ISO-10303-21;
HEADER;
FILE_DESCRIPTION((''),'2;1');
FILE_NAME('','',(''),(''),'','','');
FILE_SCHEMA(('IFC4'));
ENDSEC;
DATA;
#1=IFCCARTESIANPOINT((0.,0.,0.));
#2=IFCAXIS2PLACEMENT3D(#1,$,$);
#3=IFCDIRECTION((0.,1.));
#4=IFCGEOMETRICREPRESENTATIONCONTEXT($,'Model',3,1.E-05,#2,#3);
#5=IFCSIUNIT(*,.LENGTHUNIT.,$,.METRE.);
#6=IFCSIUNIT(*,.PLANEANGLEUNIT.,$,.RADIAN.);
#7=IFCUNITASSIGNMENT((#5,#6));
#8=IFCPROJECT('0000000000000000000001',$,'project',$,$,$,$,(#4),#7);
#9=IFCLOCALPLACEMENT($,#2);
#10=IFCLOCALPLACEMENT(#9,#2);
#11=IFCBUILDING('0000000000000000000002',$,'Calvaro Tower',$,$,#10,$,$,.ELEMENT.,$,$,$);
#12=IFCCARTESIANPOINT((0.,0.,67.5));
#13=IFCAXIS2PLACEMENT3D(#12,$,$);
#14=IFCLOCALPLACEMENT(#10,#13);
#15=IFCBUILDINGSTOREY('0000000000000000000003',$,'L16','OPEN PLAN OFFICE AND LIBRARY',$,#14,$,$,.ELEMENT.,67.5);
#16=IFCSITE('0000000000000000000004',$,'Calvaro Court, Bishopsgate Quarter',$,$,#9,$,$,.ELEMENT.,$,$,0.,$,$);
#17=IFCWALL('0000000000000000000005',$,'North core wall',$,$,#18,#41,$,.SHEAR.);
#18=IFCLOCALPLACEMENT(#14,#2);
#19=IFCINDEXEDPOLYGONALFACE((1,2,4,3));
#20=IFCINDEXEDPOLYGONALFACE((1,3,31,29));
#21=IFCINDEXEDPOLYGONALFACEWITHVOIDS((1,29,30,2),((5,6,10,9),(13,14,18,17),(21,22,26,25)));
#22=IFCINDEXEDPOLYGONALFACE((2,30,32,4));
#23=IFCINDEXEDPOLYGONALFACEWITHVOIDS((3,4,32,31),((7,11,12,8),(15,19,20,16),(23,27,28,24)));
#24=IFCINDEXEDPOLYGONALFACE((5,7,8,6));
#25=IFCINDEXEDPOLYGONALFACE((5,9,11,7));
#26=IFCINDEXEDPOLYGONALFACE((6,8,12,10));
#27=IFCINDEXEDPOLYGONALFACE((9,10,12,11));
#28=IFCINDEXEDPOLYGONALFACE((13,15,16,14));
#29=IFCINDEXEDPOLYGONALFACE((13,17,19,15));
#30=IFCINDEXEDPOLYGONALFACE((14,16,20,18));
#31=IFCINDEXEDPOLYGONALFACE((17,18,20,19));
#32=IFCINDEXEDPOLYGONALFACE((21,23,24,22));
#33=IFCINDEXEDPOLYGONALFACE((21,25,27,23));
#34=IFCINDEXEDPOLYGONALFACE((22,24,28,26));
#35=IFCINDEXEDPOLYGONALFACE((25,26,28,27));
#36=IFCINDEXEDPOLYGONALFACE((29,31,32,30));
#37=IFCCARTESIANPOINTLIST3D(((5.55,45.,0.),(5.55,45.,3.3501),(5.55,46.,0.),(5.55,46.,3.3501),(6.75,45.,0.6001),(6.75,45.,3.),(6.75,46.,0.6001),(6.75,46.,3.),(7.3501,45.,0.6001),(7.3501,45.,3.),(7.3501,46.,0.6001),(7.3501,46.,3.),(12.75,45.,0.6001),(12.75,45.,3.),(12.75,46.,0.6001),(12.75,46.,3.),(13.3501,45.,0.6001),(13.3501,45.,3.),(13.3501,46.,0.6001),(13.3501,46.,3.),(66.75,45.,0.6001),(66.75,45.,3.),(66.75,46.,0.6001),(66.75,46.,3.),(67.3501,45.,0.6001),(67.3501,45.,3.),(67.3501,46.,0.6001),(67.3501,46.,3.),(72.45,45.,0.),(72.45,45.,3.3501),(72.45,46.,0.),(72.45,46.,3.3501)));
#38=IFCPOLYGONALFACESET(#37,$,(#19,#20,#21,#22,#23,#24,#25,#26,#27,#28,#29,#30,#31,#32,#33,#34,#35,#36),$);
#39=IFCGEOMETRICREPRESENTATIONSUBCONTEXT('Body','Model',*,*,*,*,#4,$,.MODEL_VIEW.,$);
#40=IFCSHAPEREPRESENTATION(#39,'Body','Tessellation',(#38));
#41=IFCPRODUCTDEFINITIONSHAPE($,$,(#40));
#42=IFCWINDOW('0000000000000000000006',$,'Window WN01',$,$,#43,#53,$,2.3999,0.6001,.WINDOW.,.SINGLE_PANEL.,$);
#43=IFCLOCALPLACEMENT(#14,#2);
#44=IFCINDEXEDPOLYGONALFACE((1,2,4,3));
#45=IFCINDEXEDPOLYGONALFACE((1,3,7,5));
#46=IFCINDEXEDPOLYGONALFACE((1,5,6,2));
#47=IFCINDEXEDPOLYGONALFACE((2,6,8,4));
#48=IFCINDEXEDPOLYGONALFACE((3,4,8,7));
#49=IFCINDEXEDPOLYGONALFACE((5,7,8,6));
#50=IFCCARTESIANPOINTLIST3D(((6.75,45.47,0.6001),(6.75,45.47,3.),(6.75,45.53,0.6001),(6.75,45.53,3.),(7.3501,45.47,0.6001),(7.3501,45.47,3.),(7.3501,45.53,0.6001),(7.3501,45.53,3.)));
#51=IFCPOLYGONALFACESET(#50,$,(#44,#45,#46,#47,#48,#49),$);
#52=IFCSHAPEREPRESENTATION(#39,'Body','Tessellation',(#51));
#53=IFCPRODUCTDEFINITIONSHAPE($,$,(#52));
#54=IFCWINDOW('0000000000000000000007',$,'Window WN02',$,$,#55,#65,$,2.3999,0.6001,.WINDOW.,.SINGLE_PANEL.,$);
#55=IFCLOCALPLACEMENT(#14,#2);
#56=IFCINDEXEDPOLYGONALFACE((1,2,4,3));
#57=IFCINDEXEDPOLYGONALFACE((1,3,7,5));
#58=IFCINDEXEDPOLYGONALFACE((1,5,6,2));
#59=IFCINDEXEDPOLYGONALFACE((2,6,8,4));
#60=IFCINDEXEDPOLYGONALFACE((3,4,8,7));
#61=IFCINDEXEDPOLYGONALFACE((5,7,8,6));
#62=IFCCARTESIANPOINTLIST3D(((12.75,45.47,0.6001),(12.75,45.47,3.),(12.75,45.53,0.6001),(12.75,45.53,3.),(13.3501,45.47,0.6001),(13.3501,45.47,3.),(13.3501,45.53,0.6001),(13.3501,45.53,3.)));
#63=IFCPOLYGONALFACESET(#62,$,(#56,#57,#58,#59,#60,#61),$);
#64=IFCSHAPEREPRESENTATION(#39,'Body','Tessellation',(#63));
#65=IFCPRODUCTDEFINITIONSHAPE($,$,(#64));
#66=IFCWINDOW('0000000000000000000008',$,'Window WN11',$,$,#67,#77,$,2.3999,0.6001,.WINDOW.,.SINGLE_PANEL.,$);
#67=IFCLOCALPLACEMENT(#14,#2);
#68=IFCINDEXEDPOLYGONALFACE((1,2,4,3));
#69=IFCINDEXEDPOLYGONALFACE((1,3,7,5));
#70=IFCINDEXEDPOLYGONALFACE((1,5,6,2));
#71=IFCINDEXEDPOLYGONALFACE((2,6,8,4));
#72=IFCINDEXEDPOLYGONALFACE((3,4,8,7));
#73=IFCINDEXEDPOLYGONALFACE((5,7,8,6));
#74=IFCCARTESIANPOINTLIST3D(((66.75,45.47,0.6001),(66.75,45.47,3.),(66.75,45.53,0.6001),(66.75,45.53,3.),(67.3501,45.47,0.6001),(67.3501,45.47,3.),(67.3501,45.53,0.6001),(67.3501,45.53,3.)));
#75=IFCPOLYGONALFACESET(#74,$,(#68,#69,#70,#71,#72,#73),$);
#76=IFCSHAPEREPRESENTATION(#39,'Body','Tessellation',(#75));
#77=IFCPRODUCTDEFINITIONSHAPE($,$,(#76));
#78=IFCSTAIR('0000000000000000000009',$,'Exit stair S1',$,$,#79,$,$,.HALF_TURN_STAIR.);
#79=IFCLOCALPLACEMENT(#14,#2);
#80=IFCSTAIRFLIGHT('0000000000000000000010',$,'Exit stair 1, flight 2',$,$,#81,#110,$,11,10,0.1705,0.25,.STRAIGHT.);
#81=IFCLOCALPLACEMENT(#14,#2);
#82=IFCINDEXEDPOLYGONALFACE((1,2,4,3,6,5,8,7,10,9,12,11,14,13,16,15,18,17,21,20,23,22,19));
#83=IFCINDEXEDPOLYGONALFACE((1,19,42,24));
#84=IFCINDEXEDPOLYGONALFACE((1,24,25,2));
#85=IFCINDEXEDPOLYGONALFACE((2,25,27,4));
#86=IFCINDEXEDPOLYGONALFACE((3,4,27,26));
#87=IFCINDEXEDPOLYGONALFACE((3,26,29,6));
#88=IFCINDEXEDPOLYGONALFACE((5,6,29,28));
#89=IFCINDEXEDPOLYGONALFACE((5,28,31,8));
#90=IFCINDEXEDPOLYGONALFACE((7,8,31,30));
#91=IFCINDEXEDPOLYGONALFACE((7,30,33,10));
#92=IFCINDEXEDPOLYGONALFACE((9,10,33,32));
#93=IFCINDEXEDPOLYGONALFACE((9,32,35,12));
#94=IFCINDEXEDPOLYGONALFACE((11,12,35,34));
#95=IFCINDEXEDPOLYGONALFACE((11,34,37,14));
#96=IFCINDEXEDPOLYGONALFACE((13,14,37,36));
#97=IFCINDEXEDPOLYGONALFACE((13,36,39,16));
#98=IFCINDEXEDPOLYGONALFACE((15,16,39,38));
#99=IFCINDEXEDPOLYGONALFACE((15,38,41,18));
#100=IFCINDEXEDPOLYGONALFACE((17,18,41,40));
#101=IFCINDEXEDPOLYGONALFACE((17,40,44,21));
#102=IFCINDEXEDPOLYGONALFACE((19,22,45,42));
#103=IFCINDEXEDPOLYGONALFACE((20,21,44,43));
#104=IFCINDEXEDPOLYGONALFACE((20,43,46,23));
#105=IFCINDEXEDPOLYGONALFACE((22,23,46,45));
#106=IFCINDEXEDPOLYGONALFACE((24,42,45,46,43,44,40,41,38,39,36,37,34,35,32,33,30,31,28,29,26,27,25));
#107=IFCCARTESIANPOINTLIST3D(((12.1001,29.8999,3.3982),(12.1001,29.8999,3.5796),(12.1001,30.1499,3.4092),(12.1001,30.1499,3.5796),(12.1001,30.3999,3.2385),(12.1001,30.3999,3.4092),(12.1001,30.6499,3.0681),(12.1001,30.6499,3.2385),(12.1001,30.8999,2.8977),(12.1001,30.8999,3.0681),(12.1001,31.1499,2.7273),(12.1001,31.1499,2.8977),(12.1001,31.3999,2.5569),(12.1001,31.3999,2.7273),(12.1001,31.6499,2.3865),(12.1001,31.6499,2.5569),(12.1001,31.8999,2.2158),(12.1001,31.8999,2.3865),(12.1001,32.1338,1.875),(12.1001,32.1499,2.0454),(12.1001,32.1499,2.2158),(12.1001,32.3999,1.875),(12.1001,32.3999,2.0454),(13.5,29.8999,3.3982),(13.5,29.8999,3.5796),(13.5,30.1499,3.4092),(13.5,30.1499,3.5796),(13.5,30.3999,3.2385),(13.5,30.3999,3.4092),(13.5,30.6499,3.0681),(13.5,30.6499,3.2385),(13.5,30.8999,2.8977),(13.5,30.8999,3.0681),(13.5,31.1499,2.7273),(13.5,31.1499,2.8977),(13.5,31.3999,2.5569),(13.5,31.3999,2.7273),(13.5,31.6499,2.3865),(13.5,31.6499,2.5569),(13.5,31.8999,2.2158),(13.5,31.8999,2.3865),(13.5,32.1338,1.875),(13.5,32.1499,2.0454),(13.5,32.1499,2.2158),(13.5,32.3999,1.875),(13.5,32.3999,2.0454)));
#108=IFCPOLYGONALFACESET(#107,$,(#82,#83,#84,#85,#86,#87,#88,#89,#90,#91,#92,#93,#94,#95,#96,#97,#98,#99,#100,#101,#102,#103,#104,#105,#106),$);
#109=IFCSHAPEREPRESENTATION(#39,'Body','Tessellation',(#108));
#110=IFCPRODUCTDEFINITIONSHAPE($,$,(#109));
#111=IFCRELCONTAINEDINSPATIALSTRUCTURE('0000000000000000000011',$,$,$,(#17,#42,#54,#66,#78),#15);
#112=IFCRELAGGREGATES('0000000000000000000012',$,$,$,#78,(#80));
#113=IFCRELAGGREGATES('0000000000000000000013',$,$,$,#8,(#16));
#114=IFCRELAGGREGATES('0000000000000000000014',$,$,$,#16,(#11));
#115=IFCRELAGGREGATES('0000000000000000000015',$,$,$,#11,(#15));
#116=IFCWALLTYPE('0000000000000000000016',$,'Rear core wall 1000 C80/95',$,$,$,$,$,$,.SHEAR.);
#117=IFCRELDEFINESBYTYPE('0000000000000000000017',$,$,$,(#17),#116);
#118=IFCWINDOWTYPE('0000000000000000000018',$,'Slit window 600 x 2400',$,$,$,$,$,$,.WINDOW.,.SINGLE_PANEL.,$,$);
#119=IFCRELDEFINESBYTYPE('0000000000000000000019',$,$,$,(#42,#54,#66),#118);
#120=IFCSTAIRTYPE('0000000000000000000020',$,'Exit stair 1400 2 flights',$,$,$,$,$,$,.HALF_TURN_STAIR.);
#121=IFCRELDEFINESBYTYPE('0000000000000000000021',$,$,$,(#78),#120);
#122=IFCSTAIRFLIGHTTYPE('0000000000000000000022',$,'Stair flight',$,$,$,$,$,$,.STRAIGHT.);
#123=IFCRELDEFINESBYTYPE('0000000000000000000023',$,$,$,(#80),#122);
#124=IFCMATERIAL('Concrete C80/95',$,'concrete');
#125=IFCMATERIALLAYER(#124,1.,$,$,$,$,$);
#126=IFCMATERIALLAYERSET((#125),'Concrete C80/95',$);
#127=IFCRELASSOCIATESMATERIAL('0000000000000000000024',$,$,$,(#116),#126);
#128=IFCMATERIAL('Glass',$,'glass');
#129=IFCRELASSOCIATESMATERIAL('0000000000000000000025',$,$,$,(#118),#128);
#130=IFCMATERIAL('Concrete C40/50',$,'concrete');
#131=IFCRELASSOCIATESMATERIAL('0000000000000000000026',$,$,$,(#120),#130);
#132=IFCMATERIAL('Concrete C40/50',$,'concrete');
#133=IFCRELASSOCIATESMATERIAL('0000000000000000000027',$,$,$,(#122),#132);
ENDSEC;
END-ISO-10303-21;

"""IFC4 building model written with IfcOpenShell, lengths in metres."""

from ifc_helpers import new_model, si_unit, direction, frame, frame_2d, origin, place, context, subcontext, project, spatial, polyline, rectangle, outline, extrude, material, layer, layer_set, type_object, element, fill, aggregate, save


model = new_model("IFC4")

# Units and contexts
model_context = context("Model", 3, precision=1e-05, world=origin(), true_north=direction((0.0, 1.0)))
body_context = subcontext(model_context, "Body", "Model", "MODEL_VIEW")
ifc_project = project(units=[si_unit("LENGTHUNIT", "METRE"), si_unit("PLANEANGLEUNIT", "RADIAN")], contexts=[model_context])

# Site, building, storey
site_placement = place(None, origin())
site = spatial("IfcSite", under=ifc_project, at=site_placement, Name="Calvaro Court, Bishopsgate Quarter", CompositionType="ELEMENT", RefElevation=0.0)
building_placement = place(site_placement, origin())
building = spatial("IfcBuilding", under=site, at=building_placement, Name="Calvaro Tower", CompositionType="ELEMENT")
storey_placement = place(building_placement, frame((0.0, 0.0, 67.5)))
storey = spatial("IfcBuildingStorey", under=building, at=storey_placement, Name="L16", Description="OPEN PLAN OFFICE AND LIBRARY", CompositionType="ELEMENT", Elevation=67.5)

# Wall, openings, windows
ifc_material_1 = material(Name="Concrete C80/95", Category="concrete")
ifc_layer_1 = layer(ifc_material_1, 1.0)
ifc_layer_set_1 = layer_set([ifc_layer_1], Name="Concrete C80/95")
wall_type_1 = type_object("IfcWallType", Name="Rear core wall 1000 C80/95", PredefinedType="SHEAR", material=ifc_layer_set_1)
wall_1_placement = place(storey_placement, frame((5.55, 45.5, 0.0), z_axis=(0.0, 0.0, 1.0), x_axis=(1.0, 0.0, 0.0)))
wall_1 = element("IfcWall", 1, at=wall_1_placement, inside=storey, type_object=wall_type_1, Name="North core wall", PredefinedType="SHEAR", context=body_context, shape_type="SweptSolid", body=[
    extrude(rectangle(XDim=66.8999, YDim=1.0, at=frame_2d((33.45, 0.0))), origin(), (0.0, 0.0, 1.0), 3.3501),
])
opening_1_placement = place(wall_1_placement, frame((1.2, 0.0, 0.6001)))
opening_1 = element("IfcOpeningElement", 2, at=opening_1_placement, cuts=wall_1, PredefinedType="OPENING", context=body_context, shape_type="SweptSolid", body=[
    extrude(rectangle(XDim=0.6001, YDim=2.3999, at=frame_2d((0.3, 1.2))), frame((0.0, 0.51, 0.0), z_axis=(0.0, -1.0, 0.0), x_axis=(1.0, 0.0, 0.0)), (0.0, 0.0, 1.0), 1.02),
])
opening_2_placement = place(wall_1_placement, frame((7.2, 0.0, 0.6001)))
opening_2 = element("IfcOpeningElement", 3, at=opening_2_placement, cuts=wall_1, PredefinedType="OPENING", context=body_context, shape_type="SweptSolid", body=[
    extrude(rectangle(XDim=0.6001, YDim=2.3999, at=frame_2d((0.3, 1.2))), frame((0.0, 0.51, 0.0), z_axis=(0.0, -1.0, 0.0), x_axis=(1.0, 0.0, 0.0)), (0.0, 0.0, 1.0), 1.02),
])
opening_3_placement = place(wall_1_placement, frame((61.2, 0.0, 0.6001)))
opening_3 = element("IfcOpeningElement", 4, at=opening_3_placement, cuts=wall_1, PredefinedType="OPENING", context=body_context, shape_type="SweptSolid", body=[
    extrude(rectangle(XDim=0.6001, YDim=2.3999, at=frame_2d((0.3, 1.2))), frame((0.0, 0.51, 0.0), z_axis=(0.0, -1.0, 0.0), x_axis=(1.0, 0.0, 0.0)), (0.0, 0.0, 1.0), 1.02),
])
ifc_material_2 = material(Name="Glass", Category="glass")
window_type = type_object("IfcWindowType", Name="Slit window 600 x 2400", PartitioningType="SINGLE_PANEL", PredefinedType="WINDOW", material=ifc_material_2)
window_1_placement = place(opening_1_placement, origin())
window_1 = element("IfcWindow", 5, at=window_1_placement, inside=storey, type_object=window_type, Name="Window WN01", OverallHeight=2.3999, OverallWidth=0.6001, PartitioningType="SINGLE_PANEL", PredefinedType="WINDOW", context=body_context, shape_type="SweptSolid", body=[
    extrude(rectangle(XDim=0.6001, YDim=2.3999, at=frame_2d((0.3, 1.2))), frame((0.0, 0.03, 0.0), z_axis=(0.0, -1.0, 0.0), x_axis=(1.0, 0.0, 0.0)), (0.0, 0.0, 1.0), 0.0601),
])
fill(opening_1, window_1)
window_2_placement = place(opening_2_placement, origin())
window_2 = element("IfcWindow", 6, at=window_2_placement, inside=storey, type_object=window_type, Name="Window WN02", OverallHeight=2.3999, OverallWidth=0.6001, PartitioningType="SINGLE_PANEL", PredefinedType="WINDOW", context=body_context, shape_type="SweptSolid", body=[
    extrude(rectangle(XDim=0.6001, YDim=2.3999, at=frame_2d((0.3, 1.2))), frame((0.0, 0.03, 0.0), z_axis=(0.0, -1.0, 0.0), x_axis=(1.0, 0.0, 0.0)), (0.0, 0.0, 1.0), 0.0601),
])
fill(opening_2, window_2)
window_3_placement = place(opening_3_placement, origin())
window_3 = element("IfcWindow", 7, at=window_3_placement, inside=storey, type_object=window_type, Name="Window WN11", OverallHeight=2.3999, OverallWidth=0.6001, PartitioningType="SINGLE_PANEL", PredefinedType="WINDOW", context=body_context, shape_type="SweptSolid", body=[
    extrude(rectangle(XDim=0.6001, YDim=2.3999, at=frame_2d((0.3, 1.2))), frame((0.0, 0.03, 0.0), z_axis=(0.0, -1.0, 0.0), x_axis=(1.0, 0.0, 0.0)), (0.0, 0.0, 1.0), 0.0601),
])
fill(opening_3, window_3)

# Stair, stair flight
ifc_material_3 = material(Name="Concrete C40/50", Category="concrete")
stair_type = type_object("IfcStairType", Name="Exit stair 1400 2 flights", PredefinedType="HALF_TURN_STAIR", material=ifc_material_3)
stair_placement = place(storey_placement, origin())
stair = element("IfcStair", 8, at=stair_placement, inside=storey, type_object=stair_type, Name="Exit stair S1", PredefinedType="HALF_TURN_STAIR")
ifc_material_4 = material(Name="Concrete C40/50", Category="concrete")
stair_flight_type = type_object("IfcStairFlightType", Name="Stair flight", PredefinedType="STRAIGHT", material=ifc_material_4)
stair_flight_placement = place(storey_placement, frame((12.8, 32.3999, 1.875), z_axis=(0.0, 0.0, 1.0), x_axis=(0.0, -1.0, 0.0)))
stair_flight = element("IfcStairFlight", 9, at=stair_flight_placement, type_object=stair_flight_type, Name="Exit stair 1, flight 2", NumberOfRisers=11, NumberOfTreads=10, PredefinedType="STRAIGHT", RiserHeight=0.1705, TreadLength=0.25, context=body_context, shape_type="SweptSolid", body=[
    extrude(outline(polyline([(0.0, 0.0), (0.0, 0.1704), (0.25, 0.1704), (0.25, 0.3408), (0.5, 0.3408), (0.5, 0.5115), (0.75, 0.5115), (0.75, 0.6819), (1.0, 0.6819), (1.0, 0.8523), (1.25, 0.8523), (1.25, 1.0227), (1.5, 1.0227), (1.5, 1.1931), (1.75, 1.1931), (1.75, 1.3635), (2.0, 1.3635), (2.0, 1.5342), (2.25, 1.5342), (2.25, 1.7046), (2.5, 1.7046), (2.5, 1.875), (2.5, 1.5232), (0.2661, 0.0), (0.0, 0.0)])), frame((0.0, 0.7, 0.0), z_axis=(0.0, -1.0, 0.0), x_axis=(1.0, 0.0, 0.0)), (0.0, 0.0, 1.0), 1.3999),
])
aggregate(stair, [stair_flight])

save(model, "model.ifc")
